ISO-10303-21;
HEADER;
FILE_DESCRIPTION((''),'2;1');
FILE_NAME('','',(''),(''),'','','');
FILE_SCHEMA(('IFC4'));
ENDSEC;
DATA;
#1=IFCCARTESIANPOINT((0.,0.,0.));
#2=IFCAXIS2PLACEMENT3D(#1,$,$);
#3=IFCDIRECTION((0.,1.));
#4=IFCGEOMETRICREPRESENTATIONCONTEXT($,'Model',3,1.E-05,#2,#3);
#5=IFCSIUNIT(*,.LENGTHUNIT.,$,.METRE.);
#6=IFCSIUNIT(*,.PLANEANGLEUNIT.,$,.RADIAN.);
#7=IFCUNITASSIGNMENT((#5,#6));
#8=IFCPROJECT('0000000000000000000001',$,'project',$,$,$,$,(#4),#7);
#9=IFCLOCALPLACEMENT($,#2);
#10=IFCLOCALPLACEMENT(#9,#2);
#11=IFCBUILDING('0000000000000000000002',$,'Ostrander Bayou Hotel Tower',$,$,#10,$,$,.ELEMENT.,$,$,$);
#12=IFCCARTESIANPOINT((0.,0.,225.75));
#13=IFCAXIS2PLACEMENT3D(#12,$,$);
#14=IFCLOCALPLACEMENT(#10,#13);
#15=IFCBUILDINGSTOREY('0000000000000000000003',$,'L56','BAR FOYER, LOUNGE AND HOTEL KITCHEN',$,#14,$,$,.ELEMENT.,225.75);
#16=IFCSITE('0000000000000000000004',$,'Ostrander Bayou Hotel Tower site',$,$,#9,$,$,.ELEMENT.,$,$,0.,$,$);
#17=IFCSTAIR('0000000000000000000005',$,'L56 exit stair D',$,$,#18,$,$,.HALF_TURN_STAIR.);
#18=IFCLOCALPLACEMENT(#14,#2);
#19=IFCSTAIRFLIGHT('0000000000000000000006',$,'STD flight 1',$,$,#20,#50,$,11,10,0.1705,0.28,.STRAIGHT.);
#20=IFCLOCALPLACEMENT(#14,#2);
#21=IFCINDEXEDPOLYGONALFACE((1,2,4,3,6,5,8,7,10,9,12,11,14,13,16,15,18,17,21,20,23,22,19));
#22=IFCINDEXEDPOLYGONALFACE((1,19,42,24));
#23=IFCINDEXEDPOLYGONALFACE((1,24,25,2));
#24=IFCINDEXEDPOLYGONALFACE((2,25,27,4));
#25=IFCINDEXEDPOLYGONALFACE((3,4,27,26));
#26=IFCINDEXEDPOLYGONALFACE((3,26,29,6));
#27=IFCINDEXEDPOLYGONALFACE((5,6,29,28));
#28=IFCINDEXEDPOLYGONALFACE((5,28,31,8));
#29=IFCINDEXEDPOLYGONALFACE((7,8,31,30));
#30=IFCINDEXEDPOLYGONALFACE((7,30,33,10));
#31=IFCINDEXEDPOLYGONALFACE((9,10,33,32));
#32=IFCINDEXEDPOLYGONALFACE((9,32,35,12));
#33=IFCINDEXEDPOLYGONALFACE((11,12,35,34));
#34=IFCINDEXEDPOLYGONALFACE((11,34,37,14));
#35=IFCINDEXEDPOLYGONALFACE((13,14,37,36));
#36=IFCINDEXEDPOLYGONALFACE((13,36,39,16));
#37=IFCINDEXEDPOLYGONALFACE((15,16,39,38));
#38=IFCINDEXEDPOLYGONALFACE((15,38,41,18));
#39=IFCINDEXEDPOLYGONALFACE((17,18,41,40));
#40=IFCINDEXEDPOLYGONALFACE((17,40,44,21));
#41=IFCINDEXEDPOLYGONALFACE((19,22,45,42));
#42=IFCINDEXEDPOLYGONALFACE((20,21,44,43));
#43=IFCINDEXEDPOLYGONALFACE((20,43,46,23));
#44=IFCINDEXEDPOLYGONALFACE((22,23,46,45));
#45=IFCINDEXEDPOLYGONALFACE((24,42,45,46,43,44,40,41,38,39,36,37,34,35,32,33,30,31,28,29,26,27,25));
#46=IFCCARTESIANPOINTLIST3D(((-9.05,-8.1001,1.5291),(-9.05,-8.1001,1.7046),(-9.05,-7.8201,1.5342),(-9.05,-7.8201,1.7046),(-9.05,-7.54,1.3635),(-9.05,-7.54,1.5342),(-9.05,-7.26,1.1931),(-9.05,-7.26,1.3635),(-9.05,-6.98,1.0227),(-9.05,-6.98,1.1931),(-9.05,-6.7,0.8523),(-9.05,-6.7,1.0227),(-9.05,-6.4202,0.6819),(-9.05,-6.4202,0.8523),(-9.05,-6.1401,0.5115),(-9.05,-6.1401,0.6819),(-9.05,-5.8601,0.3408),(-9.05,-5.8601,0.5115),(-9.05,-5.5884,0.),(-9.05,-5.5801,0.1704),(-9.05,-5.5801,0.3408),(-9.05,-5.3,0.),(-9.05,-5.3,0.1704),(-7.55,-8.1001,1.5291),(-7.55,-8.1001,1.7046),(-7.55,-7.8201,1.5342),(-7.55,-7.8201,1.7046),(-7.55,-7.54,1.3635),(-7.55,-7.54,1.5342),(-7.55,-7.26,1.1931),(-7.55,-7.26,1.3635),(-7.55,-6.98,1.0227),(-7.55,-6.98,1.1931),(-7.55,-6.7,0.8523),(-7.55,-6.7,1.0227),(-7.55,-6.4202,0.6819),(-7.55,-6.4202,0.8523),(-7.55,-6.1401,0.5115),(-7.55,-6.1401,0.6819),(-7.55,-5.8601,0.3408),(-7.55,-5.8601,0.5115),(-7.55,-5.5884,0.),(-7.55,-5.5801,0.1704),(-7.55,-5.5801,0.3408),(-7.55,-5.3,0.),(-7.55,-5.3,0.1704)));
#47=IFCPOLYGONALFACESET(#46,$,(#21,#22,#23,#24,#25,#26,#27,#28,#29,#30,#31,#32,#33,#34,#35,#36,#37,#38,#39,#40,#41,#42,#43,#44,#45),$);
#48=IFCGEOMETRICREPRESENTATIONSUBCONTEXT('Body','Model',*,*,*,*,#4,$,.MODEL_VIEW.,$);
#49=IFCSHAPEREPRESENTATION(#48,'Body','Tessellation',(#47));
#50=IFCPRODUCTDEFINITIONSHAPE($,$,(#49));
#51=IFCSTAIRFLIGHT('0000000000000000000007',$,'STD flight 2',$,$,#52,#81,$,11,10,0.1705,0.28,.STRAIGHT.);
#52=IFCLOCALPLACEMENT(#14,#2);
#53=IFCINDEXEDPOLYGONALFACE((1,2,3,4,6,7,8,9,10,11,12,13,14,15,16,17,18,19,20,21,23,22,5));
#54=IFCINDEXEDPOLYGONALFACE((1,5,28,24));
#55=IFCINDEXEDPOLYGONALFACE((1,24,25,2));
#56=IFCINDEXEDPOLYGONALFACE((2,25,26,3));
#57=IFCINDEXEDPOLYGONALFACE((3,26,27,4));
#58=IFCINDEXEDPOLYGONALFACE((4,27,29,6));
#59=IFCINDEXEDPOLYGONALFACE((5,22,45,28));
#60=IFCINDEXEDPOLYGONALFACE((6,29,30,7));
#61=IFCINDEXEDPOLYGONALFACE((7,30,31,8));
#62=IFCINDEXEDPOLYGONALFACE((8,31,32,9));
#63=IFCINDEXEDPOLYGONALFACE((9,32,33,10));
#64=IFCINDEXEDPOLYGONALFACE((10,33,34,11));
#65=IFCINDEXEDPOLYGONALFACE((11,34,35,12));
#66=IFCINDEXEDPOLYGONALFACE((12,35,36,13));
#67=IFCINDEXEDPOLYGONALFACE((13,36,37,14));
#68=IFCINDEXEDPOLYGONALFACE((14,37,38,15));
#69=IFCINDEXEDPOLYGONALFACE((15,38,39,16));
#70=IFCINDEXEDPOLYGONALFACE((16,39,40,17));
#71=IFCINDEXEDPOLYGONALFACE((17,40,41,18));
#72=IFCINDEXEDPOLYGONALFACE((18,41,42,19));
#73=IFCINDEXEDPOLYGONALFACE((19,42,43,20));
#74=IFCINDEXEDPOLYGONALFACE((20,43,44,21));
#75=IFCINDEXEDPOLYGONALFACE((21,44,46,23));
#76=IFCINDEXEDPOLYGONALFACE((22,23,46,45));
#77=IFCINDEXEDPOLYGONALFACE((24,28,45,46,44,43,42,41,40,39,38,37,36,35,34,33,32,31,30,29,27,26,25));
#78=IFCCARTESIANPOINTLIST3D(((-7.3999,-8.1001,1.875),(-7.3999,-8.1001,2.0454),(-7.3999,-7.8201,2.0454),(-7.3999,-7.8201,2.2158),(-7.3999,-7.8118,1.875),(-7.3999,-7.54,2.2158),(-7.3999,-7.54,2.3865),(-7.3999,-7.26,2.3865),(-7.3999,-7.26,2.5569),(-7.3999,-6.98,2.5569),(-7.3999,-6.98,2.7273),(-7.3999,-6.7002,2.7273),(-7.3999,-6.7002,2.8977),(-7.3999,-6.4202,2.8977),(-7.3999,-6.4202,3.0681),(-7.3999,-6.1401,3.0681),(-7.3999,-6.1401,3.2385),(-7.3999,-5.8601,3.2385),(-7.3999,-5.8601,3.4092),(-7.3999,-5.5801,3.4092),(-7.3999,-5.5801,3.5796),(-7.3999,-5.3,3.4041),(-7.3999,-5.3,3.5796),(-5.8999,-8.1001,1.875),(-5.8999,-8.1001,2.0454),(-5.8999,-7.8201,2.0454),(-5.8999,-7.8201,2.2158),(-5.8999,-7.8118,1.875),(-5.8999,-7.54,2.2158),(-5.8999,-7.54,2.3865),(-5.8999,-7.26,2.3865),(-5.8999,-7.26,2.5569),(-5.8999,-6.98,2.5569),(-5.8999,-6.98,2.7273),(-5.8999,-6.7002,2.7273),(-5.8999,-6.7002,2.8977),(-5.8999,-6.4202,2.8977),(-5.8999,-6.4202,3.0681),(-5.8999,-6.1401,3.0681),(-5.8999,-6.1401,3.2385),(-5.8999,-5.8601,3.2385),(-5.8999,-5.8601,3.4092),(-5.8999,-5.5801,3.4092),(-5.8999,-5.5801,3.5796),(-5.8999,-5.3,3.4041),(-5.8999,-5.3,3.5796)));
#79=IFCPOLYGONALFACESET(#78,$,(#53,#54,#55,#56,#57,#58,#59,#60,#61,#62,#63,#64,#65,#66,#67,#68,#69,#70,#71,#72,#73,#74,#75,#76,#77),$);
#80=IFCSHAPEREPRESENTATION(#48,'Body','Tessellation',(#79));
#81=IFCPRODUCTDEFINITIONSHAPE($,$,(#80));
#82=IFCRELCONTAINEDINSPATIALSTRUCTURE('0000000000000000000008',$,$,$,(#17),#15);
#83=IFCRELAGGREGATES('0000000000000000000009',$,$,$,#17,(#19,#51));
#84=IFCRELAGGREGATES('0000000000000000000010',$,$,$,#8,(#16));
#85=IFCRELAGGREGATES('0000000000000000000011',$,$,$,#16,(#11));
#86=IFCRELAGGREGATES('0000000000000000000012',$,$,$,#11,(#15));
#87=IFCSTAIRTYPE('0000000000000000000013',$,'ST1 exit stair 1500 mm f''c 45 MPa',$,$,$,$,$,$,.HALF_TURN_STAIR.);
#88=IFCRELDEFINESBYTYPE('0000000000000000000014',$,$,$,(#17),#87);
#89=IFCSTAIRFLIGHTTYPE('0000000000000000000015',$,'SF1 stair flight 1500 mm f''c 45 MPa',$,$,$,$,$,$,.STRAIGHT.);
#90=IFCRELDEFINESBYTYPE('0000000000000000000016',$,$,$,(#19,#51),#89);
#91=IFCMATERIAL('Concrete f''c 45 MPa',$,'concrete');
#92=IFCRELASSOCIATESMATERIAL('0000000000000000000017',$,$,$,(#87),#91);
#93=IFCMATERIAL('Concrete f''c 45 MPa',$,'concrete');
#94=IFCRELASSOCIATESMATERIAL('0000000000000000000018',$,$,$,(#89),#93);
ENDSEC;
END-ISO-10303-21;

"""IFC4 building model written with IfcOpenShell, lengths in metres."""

from ifc_helpers import new_model, si_unit, direction, frame, origin, place, context, subcontext, project, spatial, polyline, outline, extrude, material, type_object, element, aggregate, save


model = new_model("IFC4")

# Units and contexts
model_context = context("Model", 3, precision=1e-05, world=origin(), true_north=direction((0.0, 1.0)))
body_context = subcontext(model_context, "Body", "Model", "MODEL_VIEW")
ifc_project = project(units=[si_unit("LENGTHUNIT", "METRE"), si_unit("PLANEANGLEUNIT", "RADIAN")], contexts=[model_context])

# Site, building, storey
site_placement = place(None, origin())
site = spatial("IfcSite", under=ifc_project, at=site_placement, Name="Ostrander Bayou Hotel Tower site", CompositionType="ELEMENT", RefElevation=0.0)
building_placement = place(site_placement, origin())
building = spatial("IfcBuilding", under=site, at=building_placement, Name="Ostrander Bayou Hotel Tower", CompositionType="ELEMENT")
storey_placement = place(building_placement, frame((0.0, 0.0, 225.75)))
storey = spatial("IfcBuildingStorey", under=building, at=storey_placement, Name="L56", Description="BAR FOYER, LOUNGE AND HOTEL KITCHEN", CompositionType="ELEMENT", Elevation=225.75)

# Stair, stair flights
ifc_material_1 = material(Name="Concrete f'c 45 MPa", Category="concrete")
stair_type = type_object("IfcStairType", Name="ST1 exit stair 1500 mm f'c 45 MPa", PredefinedType="HALF_TURN_STAIR", material=ifc_material_1)
stair_placement = place(storey_placement, origin())
stair = element("IfcStair", 1, at=stair_placement, inside=storey, type_object=stair_type, Name="L56 exit stair D", PredefinedType="HALF_TURN_STAIR")
ifc_material_2 = material(Name="Concrete f'c 45 MPa", Category="concrete")
stair_flight_type = type_object("IfcStairFlightType", Name="SF1 stair flight 1500 mm f'c 45 MPa", PredefinedType="STRAIGHT", material=ifc_material_2)
stair_flight_1_placement = place(storey_placement, frame((-8.3, -5.3, 0.0), z_axis=(0.0, 0.0, 1.0), x_axis=(0.0, -1.0, 0.0)))
stair_flight_1 = element("IfcStairFlight", 2, at=stair_flight_1_placement, type_object=stair_flight_type, Name="STD flight 1", NumberOfRisers=11, NumberOfTreads=10, PredefinedType="STRAIGHT", RiserHeight=0.1705, TreadLength=0.28, context=body_context, shape_type="SweptSolid", body=[
    extrude(outline(polyline([(0.0, 0.0), (0.0, 0.1704), (0.28, 0.1704), (0.28, 0.3408), (0.5601, 0.3408), (0.5601, 0.5115), (0.8401, 0.5115), (0.8401, 0.6819), (1.1201, 0.6819), (1.1201, 0.8523), (1.3999, 0.8523), (1.3999, 1.0227), (1.6799, 1.0227), (1.6799, 1.1931), (1.96, 1.1931), (1.96, 1.3635), (2.24, 1.3635), (2.24, 1.5342), (2.52, 1.5342), (2.52, 1.7046), (2.8, 1.7046), (2.8, 1.875), (2.8, 1.5291), (0.2883, 0.0), (0.0, 0.0)])), frame((0.0, 0.75, 0.0), z_axis=(0.0, -1.0, 0.0), x_axis=(1.0, 0.0, 0.0)), (0.0, 0.0, 1.0), 1.5),
])
stair_flight_2_placement = place(storey_placement, frame((-6.6499, -8.1001, 1.875), z_axis=(0.0, 0.0, 1.0), x_axis=(0.0, 1.0, 0.0)))
stair_flight_2 = element("IfcStairFlight", 3, at=stair_flight_2_placement, type_object=stair_flight_type, Name="STD flight 2", NumberOfRisers=11, NumberOfTreads=10, PredefinedType="STRAIGHT", RiserHeight=0.1705, TreadLength=0.28, context=body_context, shape_type="SweptSolid", body=[
    extrude(outline(polyline([(0.0, 0.0), (0.0, 0.1704), (0.28, 0.1704), (0.28, 0.3408), (0.5601, 0.3408), (0.5601, 0.5115), (0.8401, 0.5115), (0.8401, 0.6819), (1.1201, 0.6819), (1.1201, 0.8523), (1.3999, 0.8523), (1.3999, 1.0227), (1.6799, 1.0227), (1.6799, 1.1931), (1.96, 1.1931), (1.96, 1.3635), (2.24, 1.3635), (2.24, 1.5342), (2.52, 1.5342), (2.52, 1.7046), (2.8, 1.7046), (2.8, 1.875), (2.8, 1.5291), (0.2883, 0.0), (0.0, 0.0)])), frame((0.0, 0.75, 0.0), z_axis=(0.0, -1.0, 0.0), x_axis=(1.0, 0.0, 0.0)), (0.0, 0.0, 1.0), 1.5),
])
aggregate(stair, [stair_flight_1, stair_flight_2])

save(model, "model.ifc")
